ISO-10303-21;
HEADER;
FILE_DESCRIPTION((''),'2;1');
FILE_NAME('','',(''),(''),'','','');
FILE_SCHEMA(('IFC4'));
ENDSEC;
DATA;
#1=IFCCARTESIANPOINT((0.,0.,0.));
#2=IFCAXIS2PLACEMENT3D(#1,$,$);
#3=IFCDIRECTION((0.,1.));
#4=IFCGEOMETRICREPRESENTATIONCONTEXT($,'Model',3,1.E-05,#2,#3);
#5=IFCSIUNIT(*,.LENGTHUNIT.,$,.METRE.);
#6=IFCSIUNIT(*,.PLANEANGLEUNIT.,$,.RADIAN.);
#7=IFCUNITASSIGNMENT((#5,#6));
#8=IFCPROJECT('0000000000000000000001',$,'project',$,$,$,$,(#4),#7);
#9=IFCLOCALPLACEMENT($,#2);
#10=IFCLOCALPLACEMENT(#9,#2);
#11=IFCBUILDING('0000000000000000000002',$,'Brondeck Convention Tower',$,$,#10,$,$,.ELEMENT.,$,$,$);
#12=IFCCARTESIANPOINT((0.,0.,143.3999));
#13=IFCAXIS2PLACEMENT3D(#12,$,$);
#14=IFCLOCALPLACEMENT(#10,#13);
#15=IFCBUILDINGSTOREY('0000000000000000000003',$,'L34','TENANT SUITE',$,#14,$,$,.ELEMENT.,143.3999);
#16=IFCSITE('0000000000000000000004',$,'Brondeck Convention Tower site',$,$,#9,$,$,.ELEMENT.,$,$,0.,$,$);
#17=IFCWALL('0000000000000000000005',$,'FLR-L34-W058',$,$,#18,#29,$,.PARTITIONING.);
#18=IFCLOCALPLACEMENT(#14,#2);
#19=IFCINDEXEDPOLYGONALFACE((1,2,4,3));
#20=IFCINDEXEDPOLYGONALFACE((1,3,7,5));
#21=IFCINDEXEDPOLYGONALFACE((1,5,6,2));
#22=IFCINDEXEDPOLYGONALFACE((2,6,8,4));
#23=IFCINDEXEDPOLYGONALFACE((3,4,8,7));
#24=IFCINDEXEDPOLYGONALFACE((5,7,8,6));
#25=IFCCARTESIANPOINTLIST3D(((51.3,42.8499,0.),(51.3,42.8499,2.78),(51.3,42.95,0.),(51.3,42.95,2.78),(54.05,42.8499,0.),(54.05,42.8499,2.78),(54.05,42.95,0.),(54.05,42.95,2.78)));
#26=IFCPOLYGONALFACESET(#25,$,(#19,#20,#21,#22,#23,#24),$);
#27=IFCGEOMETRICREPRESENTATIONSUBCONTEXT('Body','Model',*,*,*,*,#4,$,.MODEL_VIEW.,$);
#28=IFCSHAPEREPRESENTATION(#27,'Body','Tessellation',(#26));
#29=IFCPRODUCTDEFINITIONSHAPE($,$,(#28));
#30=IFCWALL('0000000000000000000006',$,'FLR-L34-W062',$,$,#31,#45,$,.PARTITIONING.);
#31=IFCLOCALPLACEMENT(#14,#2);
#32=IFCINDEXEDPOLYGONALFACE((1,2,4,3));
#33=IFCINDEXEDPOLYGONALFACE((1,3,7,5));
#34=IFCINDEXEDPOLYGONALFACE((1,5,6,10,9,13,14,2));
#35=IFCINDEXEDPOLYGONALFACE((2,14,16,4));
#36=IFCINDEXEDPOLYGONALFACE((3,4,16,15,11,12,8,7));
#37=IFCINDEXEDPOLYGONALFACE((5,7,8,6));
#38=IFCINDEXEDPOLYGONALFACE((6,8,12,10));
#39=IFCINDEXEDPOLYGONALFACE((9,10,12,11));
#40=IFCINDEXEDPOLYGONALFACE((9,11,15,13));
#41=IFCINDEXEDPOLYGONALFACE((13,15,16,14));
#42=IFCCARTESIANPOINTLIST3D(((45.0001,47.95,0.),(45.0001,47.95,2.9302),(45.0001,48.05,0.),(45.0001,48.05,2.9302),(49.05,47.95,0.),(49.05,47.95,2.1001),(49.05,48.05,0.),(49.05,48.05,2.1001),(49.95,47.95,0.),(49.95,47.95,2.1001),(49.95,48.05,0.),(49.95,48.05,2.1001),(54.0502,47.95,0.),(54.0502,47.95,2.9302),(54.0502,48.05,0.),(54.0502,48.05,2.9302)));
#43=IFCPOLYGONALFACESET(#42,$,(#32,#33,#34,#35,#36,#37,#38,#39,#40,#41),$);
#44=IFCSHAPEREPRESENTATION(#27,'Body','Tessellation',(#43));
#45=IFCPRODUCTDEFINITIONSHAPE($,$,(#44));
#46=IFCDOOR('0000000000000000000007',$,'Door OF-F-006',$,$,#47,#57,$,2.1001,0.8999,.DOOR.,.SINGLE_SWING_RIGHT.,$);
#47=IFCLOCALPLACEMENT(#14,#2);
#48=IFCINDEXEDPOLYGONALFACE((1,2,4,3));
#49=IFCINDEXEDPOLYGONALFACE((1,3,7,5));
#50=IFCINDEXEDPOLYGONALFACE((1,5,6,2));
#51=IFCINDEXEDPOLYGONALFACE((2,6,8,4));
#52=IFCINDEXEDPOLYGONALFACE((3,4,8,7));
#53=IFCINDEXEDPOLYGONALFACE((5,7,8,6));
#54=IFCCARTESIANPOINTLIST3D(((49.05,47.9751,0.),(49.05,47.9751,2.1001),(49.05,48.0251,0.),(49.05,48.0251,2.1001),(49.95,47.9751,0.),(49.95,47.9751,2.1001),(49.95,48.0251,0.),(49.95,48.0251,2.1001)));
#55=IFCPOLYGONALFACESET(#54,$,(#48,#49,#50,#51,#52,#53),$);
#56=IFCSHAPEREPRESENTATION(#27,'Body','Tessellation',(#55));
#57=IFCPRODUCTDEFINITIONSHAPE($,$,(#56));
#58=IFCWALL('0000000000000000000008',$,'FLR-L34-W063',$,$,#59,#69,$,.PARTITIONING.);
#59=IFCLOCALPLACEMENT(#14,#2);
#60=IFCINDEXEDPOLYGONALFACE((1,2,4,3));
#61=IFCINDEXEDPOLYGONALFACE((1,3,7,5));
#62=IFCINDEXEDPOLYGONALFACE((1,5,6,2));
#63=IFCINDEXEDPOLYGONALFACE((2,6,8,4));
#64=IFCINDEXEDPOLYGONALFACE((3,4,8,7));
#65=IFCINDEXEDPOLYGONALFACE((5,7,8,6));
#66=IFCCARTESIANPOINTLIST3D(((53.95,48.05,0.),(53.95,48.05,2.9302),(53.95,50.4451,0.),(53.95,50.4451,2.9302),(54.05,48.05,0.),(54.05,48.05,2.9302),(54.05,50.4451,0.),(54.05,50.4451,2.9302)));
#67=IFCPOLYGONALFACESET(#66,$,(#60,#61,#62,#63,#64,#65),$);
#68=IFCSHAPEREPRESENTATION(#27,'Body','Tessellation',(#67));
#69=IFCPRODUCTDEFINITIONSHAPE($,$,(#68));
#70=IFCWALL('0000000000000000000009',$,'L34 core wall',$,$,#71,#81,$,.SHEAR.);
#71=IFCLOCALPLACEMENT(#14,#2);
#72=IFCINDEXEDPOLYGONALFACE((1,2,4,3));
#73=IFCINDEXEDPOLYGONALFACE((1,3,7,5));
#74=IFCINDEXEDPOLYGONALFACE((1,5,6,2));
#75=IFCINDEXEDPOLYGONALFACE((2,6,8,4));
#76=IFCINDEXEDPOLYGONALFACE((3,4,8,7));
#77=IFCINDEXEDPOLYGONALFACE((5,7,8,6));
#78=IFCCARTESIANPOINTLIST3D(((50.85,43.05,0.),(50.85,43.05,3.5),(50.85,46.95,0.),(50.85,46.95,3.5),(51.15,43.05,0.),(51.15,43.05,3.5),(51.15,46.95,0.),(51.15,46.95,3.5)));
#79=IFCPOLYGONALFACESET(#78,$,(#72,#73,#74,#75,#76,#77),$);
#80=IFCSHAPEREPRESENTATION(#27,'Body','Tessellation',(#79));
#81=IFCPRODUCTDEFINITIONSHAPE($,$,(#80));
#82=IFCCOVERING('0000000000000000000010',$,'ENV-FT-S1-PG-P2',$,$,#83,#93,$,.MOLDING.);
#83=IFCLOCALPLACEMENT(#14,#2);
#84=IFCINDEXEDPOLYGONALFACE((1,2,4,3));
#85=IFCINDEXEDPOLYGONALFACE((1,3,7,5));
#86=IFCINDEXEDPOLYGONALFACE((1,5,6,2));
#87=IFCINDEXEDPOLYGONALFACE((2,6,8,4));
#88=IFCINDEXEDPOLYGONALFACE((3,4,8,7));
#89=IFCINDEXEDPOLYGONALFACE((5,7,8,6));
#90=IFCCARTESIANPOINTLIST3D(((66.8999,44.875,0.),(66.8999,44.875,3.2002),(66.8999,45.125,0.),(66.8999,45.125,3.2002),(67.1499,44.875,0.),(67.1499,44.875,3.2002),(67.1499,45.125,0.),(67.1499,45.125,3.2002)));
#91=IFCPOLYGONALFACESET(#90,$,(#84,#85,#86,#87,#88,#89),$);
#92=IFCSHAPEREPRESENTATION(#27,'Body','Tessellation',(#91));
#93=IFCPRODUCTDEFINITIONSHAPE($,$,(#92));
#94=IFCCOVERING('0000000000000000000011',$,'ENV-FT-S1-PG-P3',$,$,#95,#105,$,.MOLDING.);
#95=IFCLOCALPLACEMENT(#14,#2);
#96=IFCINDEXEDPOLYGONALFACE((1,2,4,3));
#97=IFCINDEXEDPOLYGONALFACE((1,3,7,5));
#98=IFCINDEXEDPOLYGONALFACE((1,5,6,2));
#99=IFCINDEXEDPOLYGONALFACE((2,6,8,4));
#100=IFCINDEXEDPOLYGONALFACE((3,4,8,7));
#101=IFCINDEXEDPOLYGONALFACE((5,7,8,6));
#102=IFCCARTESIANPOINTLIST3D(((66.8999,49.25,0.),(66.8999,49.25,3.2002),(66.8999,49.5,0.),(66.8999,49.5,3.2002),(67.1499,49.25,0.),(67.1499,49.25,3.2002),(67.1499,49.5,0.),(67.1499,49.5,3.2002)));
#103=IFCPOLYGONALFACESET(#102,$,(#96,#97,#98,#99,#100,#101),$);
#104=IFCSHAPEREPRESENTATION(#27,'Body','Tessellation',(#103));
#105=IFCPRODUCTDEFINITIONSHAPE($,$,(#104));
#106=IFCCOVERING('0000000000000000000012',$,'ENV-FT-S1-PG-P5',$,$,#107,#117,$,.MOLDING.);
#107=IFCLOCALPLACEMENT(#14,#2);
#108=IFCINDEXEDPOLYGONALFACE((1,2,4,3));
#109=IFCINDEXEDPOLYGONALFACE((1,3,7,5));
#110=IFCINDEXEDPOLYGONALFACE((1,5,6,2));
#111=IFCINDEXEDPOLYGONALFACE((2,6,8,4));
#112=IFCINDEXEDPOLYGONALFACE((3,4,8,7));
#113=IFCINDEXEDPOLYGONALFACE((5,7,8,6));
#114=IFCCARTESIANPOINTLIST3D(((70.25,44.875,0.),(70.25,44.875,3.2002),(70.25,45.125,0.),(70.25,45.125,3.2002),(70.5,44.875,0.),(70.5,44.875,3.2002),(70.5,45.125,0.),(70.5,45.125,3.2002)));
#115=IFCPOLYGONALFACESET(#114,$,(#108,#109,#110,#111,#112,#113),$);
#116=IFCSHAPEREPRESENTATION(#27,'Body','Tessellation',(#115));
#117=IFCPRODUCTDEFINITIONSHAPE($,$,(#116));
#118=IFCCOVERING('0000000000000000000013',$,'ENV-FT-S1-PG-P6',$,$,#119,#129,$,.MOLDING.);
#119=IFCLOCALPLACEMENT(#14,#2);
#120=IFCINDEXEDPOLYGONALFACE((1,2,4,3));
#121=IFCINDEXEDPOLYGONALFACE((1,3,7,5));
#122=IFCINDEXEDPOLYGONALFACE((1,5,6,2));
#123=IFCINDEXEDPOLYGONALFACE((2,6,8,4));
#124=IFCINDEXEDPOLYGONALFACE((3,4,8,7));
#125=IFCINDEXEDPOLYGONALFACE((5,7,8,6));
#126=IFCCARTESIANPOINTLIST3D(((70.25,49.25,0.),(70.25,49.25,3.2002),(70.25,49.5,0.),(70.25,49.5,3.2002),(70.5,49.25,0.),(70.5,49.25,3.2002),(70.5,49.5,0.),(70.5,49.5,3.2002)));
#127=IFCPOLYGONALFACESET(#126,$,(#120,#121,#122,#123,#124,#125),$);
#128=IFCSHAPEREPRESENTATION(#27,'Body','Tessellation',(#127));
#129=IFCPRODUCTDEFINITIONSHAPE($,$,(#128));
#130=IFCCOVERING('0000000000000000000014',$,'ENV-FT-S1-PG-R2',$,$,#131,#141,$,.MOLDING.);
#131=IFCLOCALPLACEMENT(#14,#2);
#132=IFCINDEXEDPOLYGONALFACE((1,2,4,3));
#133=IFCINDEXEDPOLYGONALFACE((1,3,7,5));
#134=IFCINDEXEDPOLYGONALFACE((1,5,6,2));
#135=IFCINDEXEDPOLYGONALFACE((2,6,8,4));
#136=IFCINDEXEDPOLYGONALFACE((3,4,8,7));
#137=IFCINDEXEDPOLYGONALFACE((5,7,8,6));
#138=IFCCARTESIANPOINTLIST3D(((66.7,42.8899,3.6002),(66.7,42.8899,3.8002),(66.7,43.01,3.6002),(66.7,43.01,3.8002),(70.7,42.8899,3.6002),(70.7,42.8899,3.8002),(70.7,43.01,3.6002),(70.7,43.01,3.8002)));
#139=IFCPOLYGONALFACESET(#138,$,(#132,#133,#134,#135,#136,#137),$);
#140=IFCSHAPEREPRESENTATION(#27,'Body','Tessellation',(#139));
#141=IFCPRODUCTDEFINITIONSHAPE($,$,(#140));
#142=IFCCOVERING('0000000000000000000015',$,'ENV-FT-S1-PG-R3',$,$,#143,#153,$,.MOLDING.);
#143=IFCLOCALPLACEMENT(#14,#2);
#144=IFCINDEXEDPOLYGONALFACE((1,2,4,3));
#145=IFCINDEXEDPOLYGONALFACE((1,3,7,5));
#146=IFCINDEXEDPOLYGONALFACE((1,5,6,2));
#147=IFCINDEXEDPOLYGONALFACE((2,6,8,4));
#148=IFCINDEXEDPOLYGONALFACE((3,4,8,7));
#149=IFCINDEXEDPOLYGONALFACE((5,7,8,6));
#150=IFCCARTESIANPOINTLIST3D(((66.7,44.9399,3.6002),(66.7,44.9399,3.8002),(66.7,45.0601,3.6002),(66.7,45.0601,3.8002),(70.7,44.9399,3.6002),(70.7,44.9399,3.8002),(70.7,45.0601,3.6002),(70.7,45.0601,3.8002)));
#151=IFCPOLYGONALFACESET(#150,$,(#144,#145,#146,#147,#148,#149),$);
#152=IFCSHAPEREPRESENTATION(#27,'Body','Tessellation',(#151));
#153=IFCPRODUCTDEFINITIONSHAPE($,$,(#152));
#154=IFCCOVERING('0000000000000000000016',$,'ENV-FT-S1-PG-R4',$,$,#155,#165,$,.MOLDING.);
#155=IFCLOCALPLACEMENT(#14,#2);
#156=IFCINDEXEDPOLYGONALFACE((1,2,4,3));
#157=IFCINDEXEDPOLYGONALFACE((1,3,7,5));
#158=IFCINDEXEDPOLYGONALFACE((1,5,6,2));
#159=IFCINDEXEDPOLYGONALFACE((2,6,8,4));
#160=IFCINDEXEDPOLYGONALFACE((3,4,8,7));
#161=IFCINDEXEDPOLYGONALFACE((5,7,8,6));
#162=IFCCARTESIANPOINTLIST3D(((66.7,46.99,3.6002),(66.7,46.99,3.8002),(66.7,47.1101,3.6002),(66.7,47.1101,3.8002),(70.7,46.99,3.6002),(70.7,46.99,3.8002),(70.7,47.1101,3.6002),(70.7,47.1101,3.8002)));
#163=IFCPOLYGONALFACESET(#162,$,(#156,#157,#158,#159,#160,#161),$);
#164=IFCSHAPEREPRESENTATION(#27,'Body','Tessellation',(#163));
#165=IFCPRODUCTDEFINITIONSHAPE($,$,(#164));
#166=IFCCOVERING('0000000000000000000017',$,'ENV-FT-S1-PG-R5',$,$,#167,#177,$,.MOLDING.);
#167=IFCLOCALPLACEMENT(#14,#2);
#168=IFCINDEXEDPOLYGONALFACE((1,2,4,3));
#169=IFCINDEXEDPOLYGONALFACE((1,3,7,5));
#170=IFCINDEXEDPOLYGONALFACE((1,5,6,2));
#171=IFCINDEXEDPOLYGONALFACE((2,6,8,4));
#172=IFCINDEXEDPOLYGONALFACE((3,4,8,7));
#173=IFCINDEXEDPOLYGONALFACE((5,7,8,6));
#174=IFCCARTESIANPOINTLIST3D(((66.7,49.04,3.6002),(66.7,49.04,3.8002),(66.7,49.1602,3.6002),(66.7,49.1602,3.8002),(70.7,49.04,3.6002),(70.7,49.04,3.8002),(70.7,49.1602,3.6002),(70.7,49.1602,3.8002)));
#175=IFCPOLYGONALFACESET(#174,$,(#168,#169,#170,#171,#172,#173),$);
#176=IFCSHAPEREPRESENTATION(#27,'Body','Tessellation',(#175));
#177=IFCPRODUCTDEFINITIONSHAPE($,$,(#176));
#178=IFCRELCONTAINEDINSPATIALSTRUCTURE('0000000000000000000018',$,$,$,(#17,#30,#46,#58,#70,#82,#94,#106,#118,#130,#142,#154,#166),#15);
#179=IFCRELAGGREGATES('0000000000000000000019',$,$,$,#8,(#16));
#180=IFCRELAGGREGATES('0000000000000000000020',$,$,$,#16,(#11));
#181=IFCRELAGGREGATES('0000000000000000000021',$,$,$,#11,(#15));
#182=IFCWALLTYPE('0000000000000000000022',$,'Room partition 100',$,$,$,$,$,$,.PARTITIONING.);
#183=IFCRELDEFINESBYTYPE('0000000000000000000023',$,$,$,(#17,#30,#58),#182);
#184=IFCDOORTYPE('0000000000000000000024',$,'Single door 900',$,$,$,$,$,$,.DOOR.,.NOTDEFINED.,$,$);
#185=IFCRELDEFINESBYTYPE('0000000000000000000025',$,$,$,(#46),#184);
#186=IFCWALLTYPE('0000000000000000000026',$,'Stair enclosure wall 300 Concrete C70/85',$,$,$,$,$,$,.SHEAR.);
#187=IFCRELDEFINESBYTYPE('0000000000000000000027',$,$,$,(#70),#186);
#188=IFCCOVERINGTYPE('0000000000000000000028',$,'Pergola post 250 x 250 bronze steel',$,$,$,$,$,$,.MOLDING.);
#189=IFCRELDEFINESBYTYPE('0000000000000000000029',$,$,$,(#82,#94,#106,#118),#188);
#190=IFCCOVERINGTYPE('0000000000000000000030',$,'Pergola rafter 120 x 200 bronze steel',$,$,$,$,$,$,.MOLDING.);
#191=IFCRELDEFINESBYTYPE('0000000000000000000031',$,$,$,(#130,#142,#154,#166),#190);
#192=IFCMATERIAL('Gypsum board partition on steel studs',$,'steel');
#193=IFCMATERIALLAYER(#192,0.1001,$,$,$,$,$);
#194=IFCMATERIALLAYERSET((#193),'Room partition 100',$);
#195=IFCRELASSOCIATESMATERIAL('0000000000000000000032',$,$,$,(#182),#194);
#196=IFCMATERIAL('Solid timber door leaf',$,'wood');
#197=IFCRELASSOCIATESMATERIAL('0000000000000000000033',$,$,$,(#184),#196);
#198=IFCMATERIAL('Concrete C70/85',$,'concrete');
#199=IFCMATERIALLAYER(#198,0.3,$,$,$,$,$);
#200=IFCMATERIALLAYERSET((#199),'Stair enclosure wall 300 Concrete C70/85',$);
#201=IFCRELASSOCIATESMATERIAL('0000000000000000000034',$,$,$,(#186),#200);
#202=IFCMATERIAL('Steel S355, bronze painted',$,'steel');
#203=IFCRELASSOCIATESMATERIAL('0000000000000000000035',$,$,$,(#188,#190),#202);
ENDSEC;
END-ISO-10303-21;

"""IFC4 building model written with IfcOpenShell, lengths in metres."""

from ifc_helpers import new_model, si_unit, direction, frame, frame_2d, origin, origin_2d, place, context, subcontext, project, spatial, rectangle, extrude, material, layer, layer_set, material_profile, profile_set, type_object, element, fill, save


model = new_model("IFC4")

# Units and contexts
model_context = context("Model", 3, precision=1e-05, world=origin(), true_north=direction((0.0, 1.0)))
body_context = subcontext(model_context, "Body", "Model", "MODEL_VIEW")
ifc_project = project(units=[si_unit("LENGTHUNIT", "METRE"), si_unit("PLANEANGLEUNIT", "RADIAN")], contexts=[model_context])

# Site, building, storey
site_placement = place(None, origin())
site = spatial("IfcSite", under=ifc_project, at=site_placement, Name="Brondeck Convention Tower site", CompositionType="ELEMENT", RefElevation=0.0)
building_placement = place(site_placement, origin())
building = spatial("IfcBuilding", under=site, at=building_placement, Name="Brondeck Convention Tower", CompositionType="ELEMENT")
storey_placement = place(building_placement, frame((0.0, 0.0, 143.3999)))
storey = spatial("IfcBuildingStorey", under=building, at=storey_placement, Name="L34", Description="TENANT SUITE", CompositionType="ELEMENT", Elevation=143.3999)

# Shared definitions
ifc_material_1 = material(Name="Concrete C70/85", Category="concrete")

# Wall
ifc_material_2 = material(Name="Gypsum board partition on steel studs", Category="steel")
ifc_layer_1 = layer(ifc_material_2, 0.1001)
ifc_layer_set_1 = layer_set([ifc_layer_1], Name="Room partition 100")
wall_type_1 = type_object("IfcWallType", Name="Room partition 100", PredefinedType="PARTITIONING", material=ifc_layer_set_1)
wall_1_placement = place(storey_placement, frame((51.3, 42.8999, 0.0), z_axis=(0.0, 0.0, 1.0), x_axis=(1.0, 0.0, 0.0)))
element("IfcWall", 1, at=wall_1_placement, inside=storey, type_object=wall_type_1, Name="FLR-L34-W058", PredefinedType="PARTITIONING", context=body_context, shape_type="SweptSolid", body=[
    extrude(rectangle(XDim=2.75, YDim=0.1001, at=frame_2d((1.375, 0.0))), origin(), (0.0, 0.0, 1.0), 2.78),
])

# Wall, opening, door
wall_2_placement = place(storey_placement, frame((54.05, 48.0, 0.0), z_axis=(0.0, 0.0, 1.0), x_axis=(-1.0, 0.0, 0.0)))
wall_2 = element("IfcWall", 2, at=wall_2_placement, inside=storey, type_object=wall_type_1, Name="FLR-L34-W062", PredefinedType="PARTITIONING", context=body_context, shape_type="SweptSolid", body=[
    extrude(rectangle(XDim=9.05, YDim=0.1001, at=frame_2d((4.5249, 0.0))), origin(), (0.0, 0.0, 1.0), 2.9302),
])
opening_placement = place(wall_2_placement, frame((4.1001, 0.0, 0.0)))
opening = element("IfcOpeningElement", 3, at=opening_placement, cuts=wall_2, PredefinedType="OPENING", context=body_context, shape_type="SweptSolid", body=[
    extrude(rectangle(XDim=0.8999, YDim=2.1001, at=frame_2d((0.45, 1.05))), frame((0.0, 0.0601, 0.0), z_axis=(0.0, -1.0, 0.0), x_axis=(1.0, 0.0, 0.0)), (0.0, 0.0, 1.0), 0.1201),
])
ifc_material_3 = material(Name="Solid timber door leaf", Category="wood")
door_type = type_object("IfcDoorType", Name="Single door 900", OperationType="NOTDEFINED", PredefinedType="DOOR", material=ifc_material_3)
door_placement = place(opening_placement, origin())
door = element("IfcDoor", 4, at=door_placement, inside=storey, type_object=door_type, Name="Door OF-F-006", OperationType="SINGLE_SWING_RIGHT", OverallHeight=2.1001, OverallWidth=0.8999, PredefinedType="DOOR", context=body_context, shape_type="SweptSolid", body=[
    extrude(rectangle(XDim=0.8999, YDim=2.1001, at=frame_2d((0.45, 1.05))), frame((0.0, 0.0249, 0.0), z_axis=(0.0, -1.0, 0.0), x_axis=(1.0, 0.0, 0.0)), (0.0, 0.0, 1.0), 0.05),
])
fill(opening, door)

# Walls
wall_3_placement = place(storey_placement, frame((54.0, 50.4451, 0.0), z_axis=(0.0, 0.0, 1.0), x_axis=(0.0, -1.0, 0.0)))
element("IfcWall", 5, at=wall_3_placement, inside=storey, type_object=wall_type_1, Name="FLR-L34-W063", PredefinedType="PARTITIONING", context=body_context, shape_type="SweptSolid", body=[
    extrude(rectangle(XDim=2.395, YDim=0.1001, at=frame_2d((1.1975, 0.0))), origin(), (0.0, 0.0, 1.0), 2.9302),
])
ifc_layer_2 = layer(ifc_material_1, 0.3)
ifc_layer_set_2 = layer_set([ifc_layer_2], Name="Stair enclosure wall 300 Concrete C70/85")
wall_type_2 = type_object("IfcWallType", Name="Stair enclosure wall 300 Concrete C70/85", PredefinedType="SHEAR", material=ifc_layer_set_2)
wall_4_placement = place(storey_placement, frame((51.0, 43.05, 0.0), z_axis=(0.0, 0.0, 1.0), x_axis=(0.0, 1.0, 0.0)))
element("IfcWall", 6, at=wall_4_placement, inside=storey, type_object=wall_type_2, Name="L34 core wall", PredefinedType="SHEAR", context=body_context, shape_type="SweptSolid", body=[
    extrude(rectangle(XDim=3.8999, YDim=0.3, at=frame_2d((1.95, 0.0))), origin(), (0.0, 0.0, 1.0), 3.5),
])

# Coverings
ifc_material_4 = material(Name="Steel S355, bronze painted", Category="steel")
ifc_material_profile_1 = material_profile(ifc_material_4, rectangle(XDim=0.25, YDim=0.25, at=origin_2d()), Name="Pergola post 250 x 250 bronze steel")
ifc_profile_set_1 = profile_set([ifc_material_profile_1], Name="Steel S355, bronze painted")
covering_type_1 = type_object("IfcCoveringType", Name="Pergola post 250 x 250 bronze steel", PredefinedType="MOLDING", material=ifc_profile_set_1)
for number, where, z_axis, x_axis, name in (
    (7, (67.0249, 45.0, 0.0), (0.0, 0.0, 1.0), (1.0, 0.0, 0.0), "ENV-FT-S1-PG-P2"),
    (8, (67.0249, 49.375, 0.0), (0.0, 0.0, 1.0), (1.0, 0.0, 0.0), "ENV-FT-S1-PG-P3"),
    (9, (70.375, 45.0, 0.0), (0.0, 0.0, 1.0), (1.0, 0.0, 0.0), "ENV-FT-S1-PG-P5"),
    (10, (70.375, 49.375, 0.0), (0.0, 0.0, 1.0), (1.0, 0.0, 0.0), "ENV-FT-S1-PG-P6"),
):
    element("IfcCovering", number, at=place(storey_placement, frame(where, z_axis=z_axis, x_axis=x_axis)), inside=storey, type_object=covering_type_1, Name=name, PredefinedType="MOLDING", context=body_context, shape_type="SweptSolid", body=[
        extrude(rectangle(XDim=0.25, YDim=0.25, at=origin_2d()), origin(), (0.0, 0.0, 1.0), 3.2002),
    ])
ifc_material_profile_2 = material_profile(ifc_material_4, rectangle(XDim=0.1201, YDim=0.2, at=origin_2d()), Name="Pergola rafter 120 x 200 bronze steel")
ifc_profile_set_2 = profile_set([ifc_material_profile_2], Name="Steel S355, bronze painted")
covering_type_2 = type_object("IfcCoveringType", Name="Pergola rafter 120 x 200 bronze steel", PredefinedType="MOLDING", material=ifc_profile_set_2)
for number, where, z_axis, x_axis, name in (
    (11, (66.7, 42.95, 3.7002), (1.0, 0.0, 0.0), (0.0, 1.0, 0.0), "ENV-FT-S1-PG-R2"),
    (12, (66.7, 45.0, 3.7002), (1.0, 0.0, 0.0), (0.0, 1.0, 0.0), "ENV-FT-S1-PG-R3"),
    (13, (66.7, 47.05, 3.7002), (1.0, 0.0, 0.0), (0.0, 1.0, 0.0), "ENV-FT-S1-PG-R4"),
    (14, (66.7, 49.1001, 3.7002), (1.0, 0.0, 0.0), (0.0, 1.0, 0.0), "ENV-FT-S1-PG-R5"),
):
    element("IfcCovering", number, at=place(storey_placement, frame(where, z_axis=z_axis, x_axis=x_axis)), inside=storey, type_object=covering_type_2, Name=name, PredefinedType="MOLDING", context=body_context, shape_type="SweptSolid", body=[
        extrude(rectangle(XDim=0.1201, YDim=0.2, at=origin_2d()), origin(), (0.0, 0.0, 1.0), 4.0),
    ])

save(model, "model.ifc")
